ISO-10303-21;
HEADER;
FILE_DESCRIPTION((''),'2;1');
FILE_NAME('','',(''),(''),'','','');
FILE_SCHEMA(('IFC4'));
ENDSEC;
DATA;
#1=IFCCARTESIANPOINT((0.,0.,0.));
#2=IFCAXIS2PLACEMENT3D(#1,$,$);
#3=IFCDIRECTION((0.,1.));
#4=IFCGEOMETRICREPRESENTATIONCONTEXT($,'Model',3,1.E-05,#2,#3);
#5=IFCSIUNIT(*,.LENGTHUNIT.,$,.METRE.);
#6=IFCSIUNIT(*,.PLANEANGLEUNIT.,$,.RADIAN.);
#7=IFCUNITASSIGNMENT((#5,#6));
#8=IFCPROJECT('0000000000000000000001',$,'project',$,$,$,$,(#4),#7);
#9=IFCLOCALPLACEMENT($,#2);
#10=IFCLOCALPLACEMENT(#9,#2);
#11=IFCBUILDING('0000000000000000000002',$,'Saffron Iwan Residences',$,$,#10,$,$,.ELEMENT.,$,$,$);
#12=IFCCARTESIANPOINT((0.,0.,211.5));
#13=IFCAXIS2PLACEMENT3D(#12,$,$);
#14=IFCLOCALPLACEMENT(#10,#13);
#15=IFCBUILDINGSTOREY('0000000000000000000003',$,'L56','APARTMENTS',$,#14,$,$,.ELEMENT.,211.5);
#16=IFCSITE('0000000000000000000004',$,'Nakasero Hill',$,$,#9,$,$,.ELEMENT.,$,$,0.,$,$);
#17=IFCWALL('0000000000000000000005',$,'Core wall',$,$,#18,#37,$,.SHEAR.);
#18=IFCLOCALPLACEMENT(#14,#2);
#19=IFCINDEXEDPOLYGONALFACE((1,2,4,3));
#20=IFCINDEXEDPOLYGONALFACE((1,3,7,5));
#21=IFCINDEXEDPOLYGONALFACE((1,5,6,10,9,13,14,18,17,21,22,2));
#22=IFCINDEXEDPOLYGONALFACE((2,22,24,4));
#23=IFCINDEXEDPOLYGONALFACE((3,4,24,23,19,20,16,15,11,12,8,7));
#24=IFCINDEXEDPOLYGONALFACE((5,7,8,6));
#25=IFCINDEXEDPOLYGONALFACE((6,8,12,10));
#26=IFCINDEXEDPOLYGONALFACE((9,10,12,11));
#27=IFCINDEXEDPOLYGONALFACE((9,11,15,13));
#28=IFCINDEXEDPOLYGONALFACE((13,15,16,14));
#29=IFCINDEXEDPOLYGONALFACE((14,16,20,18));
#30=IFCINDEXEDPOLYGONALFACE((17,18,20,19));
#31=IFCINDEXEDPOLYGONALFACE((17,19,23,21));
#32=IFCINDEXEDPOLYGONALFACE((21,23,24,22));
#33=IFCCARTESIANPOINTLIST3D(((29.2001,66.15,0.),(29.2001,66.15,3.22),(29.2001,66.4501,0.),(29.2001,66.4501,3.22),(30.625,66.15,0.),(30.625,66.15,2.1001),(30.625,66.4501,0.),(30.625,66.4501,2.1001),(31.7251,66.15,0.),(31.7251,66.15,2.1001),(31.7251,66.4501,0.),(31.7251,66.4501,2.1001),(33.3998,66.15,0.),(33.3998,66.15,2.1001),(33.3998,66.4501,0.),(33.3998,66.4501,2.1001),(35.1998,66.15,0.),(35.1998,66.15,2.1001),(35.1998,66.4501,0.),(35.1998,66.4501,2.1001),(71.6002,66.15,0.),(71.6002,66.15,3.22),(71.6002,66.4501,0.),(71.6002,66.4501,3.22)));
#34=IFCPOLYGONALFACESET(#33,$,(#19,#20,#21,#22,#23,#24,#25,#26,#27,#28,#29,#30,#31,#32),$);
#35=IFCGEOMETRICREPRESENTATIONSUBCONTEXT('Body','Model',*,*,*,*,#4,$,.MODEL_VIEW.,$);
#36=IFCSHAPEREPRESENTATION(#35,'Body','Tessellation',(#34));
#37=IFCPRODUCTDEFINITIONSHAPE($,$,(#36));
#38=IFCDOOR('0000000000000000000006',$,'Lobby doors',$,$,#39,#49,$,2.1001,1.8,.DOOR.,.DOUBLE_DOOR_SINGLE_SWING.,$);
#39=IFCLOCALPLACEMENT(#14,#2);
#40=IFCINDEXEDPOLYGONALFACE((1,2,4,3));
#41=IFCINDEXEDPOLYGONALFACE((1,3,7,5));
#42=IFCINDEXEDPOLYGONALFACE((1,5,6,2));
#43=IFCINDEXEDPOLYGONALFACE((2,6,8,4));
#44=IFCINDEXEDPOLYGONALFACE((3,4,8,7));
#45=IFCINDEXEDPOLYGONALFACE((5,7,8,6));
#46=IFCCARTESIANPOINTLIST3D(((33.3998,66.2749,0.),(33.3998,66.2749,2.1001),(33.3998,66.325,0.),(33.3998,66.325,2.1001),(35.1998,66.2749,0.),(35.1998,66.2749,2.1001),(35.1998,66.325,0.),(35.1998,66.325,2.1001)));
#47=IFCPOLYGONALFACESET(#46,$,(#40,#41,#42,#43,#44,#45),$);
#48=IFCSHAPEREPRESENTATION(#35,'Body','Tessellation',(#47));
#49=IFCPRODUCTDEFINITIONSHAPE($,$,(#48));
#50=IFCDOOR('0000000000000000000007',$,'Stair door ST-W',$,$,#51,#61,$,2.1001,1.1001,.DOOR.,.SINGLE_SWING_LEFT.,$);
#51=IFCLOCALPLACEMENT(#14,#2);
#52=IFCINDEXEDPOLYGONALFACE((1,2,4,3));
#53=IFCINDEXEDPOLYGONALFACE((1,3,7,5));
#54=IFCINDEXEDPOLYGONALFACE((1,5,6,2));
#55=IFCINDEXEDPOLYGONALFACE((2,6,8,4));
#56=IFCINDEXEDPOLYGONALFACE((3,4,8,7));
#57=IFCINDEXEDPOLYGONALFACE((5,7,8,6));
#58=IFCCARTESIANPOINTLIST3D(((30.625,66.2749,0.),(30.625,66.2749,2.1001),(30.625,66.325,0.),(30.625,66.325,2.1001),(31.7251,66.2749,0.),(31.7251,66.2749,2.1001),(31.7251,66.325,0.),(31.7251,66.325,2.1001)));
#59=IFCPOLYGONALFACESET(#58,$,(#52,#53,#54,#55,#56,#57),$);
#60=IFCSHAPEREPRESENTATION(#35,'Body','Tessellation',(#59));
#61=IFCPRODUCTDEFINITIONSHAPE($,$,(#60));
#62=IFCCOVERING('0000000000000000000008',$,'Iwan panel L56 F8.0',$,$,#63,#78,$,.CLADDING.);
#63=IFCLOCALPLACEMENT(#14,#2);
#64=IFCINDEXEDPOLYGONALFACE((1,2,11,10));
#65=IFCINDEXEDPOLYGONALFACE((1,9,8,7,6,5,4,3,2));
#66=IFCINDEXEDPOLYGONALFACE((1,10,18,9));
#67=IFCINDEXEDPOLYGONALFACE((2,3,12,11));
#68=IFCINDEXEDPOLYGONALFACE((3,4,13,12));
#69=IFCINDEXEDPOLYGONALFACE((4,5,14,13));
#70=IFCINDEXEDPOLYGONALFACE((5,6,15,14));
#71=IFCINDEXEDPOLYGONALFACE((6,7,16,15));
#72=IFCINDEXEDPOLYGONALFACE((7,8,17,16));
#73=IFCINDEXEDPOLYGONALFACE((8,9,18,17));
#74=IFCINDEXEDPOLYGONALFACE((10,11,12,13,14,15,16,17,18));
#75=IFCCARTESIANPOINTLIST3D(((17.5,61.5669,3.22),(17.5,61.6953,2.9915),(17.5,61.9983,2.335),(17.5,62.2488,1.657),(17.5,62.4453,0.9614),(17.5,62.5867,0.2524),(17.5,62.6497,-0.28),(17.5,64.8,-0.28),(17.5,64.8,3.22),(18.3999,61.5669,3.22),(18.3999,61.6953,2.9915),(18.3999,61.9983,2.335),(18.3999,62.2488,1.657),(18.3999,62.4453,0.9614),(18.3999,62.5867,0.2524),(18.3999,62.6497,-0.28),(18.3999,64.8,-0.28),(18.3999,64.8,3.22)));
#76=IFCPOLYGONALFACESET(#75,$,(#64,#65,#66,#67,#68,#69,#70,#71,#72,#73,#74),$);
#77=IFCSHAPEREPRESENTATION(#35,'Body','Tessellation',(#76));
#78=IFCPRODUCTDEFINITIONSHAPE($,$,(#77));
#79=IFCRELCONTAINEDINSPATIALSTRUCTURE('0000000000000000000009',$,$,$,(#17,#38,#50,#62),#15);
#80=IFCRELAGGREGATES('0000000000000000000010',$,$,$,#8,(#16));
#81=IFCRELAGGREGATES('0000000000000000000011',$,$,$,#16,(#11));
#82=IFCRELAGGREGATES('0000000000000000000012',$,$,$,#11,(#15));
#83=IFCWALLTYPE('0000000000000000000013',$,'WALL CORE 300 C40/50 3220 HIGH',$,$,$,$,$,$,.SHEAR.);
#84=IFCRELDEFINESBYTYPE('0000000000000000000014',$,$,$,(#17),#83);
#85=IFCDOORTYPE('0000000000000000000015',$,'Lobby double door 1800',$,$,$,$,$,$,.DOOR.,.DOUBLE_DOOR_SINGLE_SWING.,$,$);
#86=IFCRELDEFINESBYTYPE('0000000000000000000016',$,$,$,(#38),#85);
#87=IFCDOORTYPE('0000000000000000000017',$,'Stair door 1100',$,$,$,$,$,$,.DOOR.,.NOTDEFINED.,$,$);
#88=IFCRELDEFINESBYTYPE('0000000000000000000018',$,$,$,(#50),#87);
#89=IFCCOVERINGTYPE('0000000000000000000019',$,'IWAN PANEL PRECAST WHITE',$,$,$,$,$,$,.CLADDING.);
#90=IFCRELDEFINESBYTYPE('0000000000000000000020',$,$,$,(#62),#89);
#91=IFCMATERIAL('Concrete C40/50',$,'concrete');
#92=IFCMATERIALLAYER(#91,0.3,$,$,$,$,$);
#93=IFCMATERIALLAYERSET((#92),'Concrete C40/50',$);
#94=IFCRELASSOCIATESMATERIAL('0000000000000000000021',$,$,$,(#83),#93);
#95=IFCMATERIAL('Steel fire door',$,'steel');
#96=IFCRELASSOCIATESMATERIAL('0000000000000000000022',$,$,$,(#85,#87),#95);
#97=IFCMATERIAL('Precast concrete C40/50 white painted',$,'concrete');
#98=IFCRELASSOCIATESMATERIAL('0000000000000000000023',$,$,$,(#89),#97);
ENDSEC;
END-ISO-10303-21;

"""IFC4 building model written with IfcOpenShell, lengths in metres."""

from ifc_helpers import new_model, si_unit, direction, frame, frame_2d, origin, place, context, subcontext, project, spatial, polyline, rectangle, outline, extrude, material, layer, layer_set, type_object, element, fill, save


model = new_model("IFC4")

# Units and contexts
model_context = context("Model", 3, precision=1e-05, world=origin(), true_north=direction((0.0, 1.0)))
body_context = subcontext(model_context, "Body", "Model", "MODEL_VIEW")
ifc_project = project(units=[si_unit("LENGTHUNIT", "METRE"), si_unit("PLANEANGLEUNIT", "RADIAN")], contexts=[model_context])

# Site, building, storey
site_placement = place(None, origin())
site = spatial("IfcSite", under=ifc_project, at=site_placement, Name="Nakasero Hill", CompositionType="ELEMENT", RefElevation=0.0)
building_placement = place(site_placement, origin())
building = spatial("IfcBuilding", under=site, at=building_placement, Name="Saffron Iwan Residences", CompositionType="ELEMENT")
storey_placement = place(building_placement, frame((0.0, 0.0, 211.5)))
storey = spatial("IfcBuildingStorey", under=building, at=storey_placement, Name="L56", Description="APARTMENTS", CompositionType="ELEMENT", Elevation=211.5)

# Shared definitions
ifc_material_1 = material(Name="Concrete C40/50", Category="concrete")

# Wall, openings, doors
ifc_layer_1 = layer(ifc_material_1, 0.3)
ifc_layer_set_1 = layer_set([ifc_layer_1], Name="Concrete C40/50")
wall_type_1 = type_object("IfcWallType", Name="WALL CORE 300 C40/50 3220 HIGH", PredefinedType="SHEAR", material=ifc_layer_set_1)
wall_1_placement = place(storey_placement, frame((29.2, 66.3, 0.0), z_axis=(0.0, 0.0, 1.0), x_axis=(1.0, 0.0, 0.0)))
wall_1 = element("IfcWall", 1, at=wall_1_placement, inside=storey, type_object=wall_type_1, Name="Core wall", PredefinedType="SHEAR", context=body_context, shape_type="SweptSolid", body=[
    extrude(rectangle(XDim=42.4001, YDim=0.3, at=frame_2d((21.2002, 0.0))), origin(), (0.0, 0.0, 1.0), 3.22),
])
opening_1_placement = place(wall_1_placement, frame((1.425, 0.0, 0.0)))
opening_1 = element("IfcOpeningElement", 2, at=opening_1_placement, cuts=wall_1, PredefinedType="OPENING", context=body_context, shape_type="SweptSolid", body=[
    extrude(rectangle(XDim=1.1001, YDim=2.1001, at=frame_2d((0.55, 1.05))), frame((0.0, 0.1602, 0.0), z_axis=(0.0, -1.0, 0.0), x_axis=(1.0, 0.0, 0.0)), (0.0, 0.0, 1.0), 0.3201),
])
opening_2_placement = place(wall_1_placement, frame((4.2, 0.0, 0.0)))
opening_2 = element("IfcOpeningElement", 3, at=opening_2_placement, cuts=wall_1, PredefinedType="OPENING", context=body_context, shape_type="SweptSolid", body=[
    extrude(rectangle(XDim=1.8, YDim=2.1001, at=frame_2d((0.8999, 1.05))), frame((0.0, 0.1602, 0.0), z_axis=(0.0, -1.0, 0.0), x_axis=(1.0, 0.0, 0.0)), (0.0, 0.0, 1.0), 0.3201),
])
ifc_material_2 = material(Name="Steel fire door", Category="steel")
door_type_1 = type_object("IfcDoorType", Name="Lobby double door 1800", OperationType="DOUBLE_DOOR_SINGLE_SWING", PredefinedType="DOOR", material=ifc_material_2)
door_1_placement = place(opening_2_placement, origin())
door_1 = element("IfcDoor", 4, at=door_1_placement, inside=storey, type_object=door_type_1, Name="Lobby doors", OperationType="DOUBLE_DOOR_SINGLE_SWING", OverallHeight=2.1001, OverallWidth=1.8, PredefinedType="DOOR", context=body_context, shape_type="SweptSolid", body=[
    extrude(rectangle(XDim=1.8, YDim=2.1001, at=frame_2d((0.8999, 1.05))), frame((0.0, 0.0249, 0.0), z_axis=(0.0, -1.0, 0.0), x_axis=(1.0, 0.0, 0.0)), (0.0, 0.0, 1.0), 0.05),
])
fill(opening_2, door_1)
door_type_2 = type_object("IfcDoorType", Name="Stair door 1100", OperationType="NOTDEFINED", PredefinedType="DOOR", material=ifc_material_2)
door_2_placement = place(opening_1_placement, origin())
door_2 = element("IfcDoor", 5, at=door_2_placement, inside=storey, type_object=door_type_2, Name="Stair door ST-W", OperationType="SINGLE_SWING_LEFT", OverallHeight=2.1001, OverallWidth=1.1001, PredefinedType="DOOR", context=body_context, shape_type="SweptSolid", body=[
    extrude(rectangle(XDim=1.1001, YDim=2.1001, at=frame_2d((0.55, 1.05))), frame((0.0, 0.0249, 0.0), z_axis=(0.0, -1.0, 0.0), x_axis=(1.0, 0.0, 0.0)), (0.0, 0.0, 1.0), 0.05),
])
fill(opening_1, door_2)

# Covering
ifc_material_3 = material(Name="Precast concrete C40/50 white painted", Category="concrete")
covering_type = type_object("IfcCoveringType", Name="IWAN PANEL PRECAST WHITE", PredefinedType="CLADDING", material=ifc_material_3)
covering_1_placement = place(storey_placement, frame((18.3999, 64.8, -0.28), z_axis=(-1.0, 0.0, 0.0), x_axis=(0.0, -1.0, 0.0)))
element("IfcCovering", 6, at=covering_1_placement, inside=storey, type_object=covering_type, Name="Iwan panel L56 F8.0", PredefinedType="CLADDING", context=body_context, shape_type="SweptSolid", body=[
    extrude(outline(polyline([(0.0, 0.0), (0.0, 3.5), (3.2332, 3.5), (3.1047, 3.2715), (2.8018, 2.615), (2.5513, 1.937), (2.3547, 1.2415), (2.2134, 0.5325), (2.1504, 0.0), (0.0, 0.0)])), origin(), (0.0, 0.0, 1.0), 0.8999),
])

save(model, "model.ifc")
